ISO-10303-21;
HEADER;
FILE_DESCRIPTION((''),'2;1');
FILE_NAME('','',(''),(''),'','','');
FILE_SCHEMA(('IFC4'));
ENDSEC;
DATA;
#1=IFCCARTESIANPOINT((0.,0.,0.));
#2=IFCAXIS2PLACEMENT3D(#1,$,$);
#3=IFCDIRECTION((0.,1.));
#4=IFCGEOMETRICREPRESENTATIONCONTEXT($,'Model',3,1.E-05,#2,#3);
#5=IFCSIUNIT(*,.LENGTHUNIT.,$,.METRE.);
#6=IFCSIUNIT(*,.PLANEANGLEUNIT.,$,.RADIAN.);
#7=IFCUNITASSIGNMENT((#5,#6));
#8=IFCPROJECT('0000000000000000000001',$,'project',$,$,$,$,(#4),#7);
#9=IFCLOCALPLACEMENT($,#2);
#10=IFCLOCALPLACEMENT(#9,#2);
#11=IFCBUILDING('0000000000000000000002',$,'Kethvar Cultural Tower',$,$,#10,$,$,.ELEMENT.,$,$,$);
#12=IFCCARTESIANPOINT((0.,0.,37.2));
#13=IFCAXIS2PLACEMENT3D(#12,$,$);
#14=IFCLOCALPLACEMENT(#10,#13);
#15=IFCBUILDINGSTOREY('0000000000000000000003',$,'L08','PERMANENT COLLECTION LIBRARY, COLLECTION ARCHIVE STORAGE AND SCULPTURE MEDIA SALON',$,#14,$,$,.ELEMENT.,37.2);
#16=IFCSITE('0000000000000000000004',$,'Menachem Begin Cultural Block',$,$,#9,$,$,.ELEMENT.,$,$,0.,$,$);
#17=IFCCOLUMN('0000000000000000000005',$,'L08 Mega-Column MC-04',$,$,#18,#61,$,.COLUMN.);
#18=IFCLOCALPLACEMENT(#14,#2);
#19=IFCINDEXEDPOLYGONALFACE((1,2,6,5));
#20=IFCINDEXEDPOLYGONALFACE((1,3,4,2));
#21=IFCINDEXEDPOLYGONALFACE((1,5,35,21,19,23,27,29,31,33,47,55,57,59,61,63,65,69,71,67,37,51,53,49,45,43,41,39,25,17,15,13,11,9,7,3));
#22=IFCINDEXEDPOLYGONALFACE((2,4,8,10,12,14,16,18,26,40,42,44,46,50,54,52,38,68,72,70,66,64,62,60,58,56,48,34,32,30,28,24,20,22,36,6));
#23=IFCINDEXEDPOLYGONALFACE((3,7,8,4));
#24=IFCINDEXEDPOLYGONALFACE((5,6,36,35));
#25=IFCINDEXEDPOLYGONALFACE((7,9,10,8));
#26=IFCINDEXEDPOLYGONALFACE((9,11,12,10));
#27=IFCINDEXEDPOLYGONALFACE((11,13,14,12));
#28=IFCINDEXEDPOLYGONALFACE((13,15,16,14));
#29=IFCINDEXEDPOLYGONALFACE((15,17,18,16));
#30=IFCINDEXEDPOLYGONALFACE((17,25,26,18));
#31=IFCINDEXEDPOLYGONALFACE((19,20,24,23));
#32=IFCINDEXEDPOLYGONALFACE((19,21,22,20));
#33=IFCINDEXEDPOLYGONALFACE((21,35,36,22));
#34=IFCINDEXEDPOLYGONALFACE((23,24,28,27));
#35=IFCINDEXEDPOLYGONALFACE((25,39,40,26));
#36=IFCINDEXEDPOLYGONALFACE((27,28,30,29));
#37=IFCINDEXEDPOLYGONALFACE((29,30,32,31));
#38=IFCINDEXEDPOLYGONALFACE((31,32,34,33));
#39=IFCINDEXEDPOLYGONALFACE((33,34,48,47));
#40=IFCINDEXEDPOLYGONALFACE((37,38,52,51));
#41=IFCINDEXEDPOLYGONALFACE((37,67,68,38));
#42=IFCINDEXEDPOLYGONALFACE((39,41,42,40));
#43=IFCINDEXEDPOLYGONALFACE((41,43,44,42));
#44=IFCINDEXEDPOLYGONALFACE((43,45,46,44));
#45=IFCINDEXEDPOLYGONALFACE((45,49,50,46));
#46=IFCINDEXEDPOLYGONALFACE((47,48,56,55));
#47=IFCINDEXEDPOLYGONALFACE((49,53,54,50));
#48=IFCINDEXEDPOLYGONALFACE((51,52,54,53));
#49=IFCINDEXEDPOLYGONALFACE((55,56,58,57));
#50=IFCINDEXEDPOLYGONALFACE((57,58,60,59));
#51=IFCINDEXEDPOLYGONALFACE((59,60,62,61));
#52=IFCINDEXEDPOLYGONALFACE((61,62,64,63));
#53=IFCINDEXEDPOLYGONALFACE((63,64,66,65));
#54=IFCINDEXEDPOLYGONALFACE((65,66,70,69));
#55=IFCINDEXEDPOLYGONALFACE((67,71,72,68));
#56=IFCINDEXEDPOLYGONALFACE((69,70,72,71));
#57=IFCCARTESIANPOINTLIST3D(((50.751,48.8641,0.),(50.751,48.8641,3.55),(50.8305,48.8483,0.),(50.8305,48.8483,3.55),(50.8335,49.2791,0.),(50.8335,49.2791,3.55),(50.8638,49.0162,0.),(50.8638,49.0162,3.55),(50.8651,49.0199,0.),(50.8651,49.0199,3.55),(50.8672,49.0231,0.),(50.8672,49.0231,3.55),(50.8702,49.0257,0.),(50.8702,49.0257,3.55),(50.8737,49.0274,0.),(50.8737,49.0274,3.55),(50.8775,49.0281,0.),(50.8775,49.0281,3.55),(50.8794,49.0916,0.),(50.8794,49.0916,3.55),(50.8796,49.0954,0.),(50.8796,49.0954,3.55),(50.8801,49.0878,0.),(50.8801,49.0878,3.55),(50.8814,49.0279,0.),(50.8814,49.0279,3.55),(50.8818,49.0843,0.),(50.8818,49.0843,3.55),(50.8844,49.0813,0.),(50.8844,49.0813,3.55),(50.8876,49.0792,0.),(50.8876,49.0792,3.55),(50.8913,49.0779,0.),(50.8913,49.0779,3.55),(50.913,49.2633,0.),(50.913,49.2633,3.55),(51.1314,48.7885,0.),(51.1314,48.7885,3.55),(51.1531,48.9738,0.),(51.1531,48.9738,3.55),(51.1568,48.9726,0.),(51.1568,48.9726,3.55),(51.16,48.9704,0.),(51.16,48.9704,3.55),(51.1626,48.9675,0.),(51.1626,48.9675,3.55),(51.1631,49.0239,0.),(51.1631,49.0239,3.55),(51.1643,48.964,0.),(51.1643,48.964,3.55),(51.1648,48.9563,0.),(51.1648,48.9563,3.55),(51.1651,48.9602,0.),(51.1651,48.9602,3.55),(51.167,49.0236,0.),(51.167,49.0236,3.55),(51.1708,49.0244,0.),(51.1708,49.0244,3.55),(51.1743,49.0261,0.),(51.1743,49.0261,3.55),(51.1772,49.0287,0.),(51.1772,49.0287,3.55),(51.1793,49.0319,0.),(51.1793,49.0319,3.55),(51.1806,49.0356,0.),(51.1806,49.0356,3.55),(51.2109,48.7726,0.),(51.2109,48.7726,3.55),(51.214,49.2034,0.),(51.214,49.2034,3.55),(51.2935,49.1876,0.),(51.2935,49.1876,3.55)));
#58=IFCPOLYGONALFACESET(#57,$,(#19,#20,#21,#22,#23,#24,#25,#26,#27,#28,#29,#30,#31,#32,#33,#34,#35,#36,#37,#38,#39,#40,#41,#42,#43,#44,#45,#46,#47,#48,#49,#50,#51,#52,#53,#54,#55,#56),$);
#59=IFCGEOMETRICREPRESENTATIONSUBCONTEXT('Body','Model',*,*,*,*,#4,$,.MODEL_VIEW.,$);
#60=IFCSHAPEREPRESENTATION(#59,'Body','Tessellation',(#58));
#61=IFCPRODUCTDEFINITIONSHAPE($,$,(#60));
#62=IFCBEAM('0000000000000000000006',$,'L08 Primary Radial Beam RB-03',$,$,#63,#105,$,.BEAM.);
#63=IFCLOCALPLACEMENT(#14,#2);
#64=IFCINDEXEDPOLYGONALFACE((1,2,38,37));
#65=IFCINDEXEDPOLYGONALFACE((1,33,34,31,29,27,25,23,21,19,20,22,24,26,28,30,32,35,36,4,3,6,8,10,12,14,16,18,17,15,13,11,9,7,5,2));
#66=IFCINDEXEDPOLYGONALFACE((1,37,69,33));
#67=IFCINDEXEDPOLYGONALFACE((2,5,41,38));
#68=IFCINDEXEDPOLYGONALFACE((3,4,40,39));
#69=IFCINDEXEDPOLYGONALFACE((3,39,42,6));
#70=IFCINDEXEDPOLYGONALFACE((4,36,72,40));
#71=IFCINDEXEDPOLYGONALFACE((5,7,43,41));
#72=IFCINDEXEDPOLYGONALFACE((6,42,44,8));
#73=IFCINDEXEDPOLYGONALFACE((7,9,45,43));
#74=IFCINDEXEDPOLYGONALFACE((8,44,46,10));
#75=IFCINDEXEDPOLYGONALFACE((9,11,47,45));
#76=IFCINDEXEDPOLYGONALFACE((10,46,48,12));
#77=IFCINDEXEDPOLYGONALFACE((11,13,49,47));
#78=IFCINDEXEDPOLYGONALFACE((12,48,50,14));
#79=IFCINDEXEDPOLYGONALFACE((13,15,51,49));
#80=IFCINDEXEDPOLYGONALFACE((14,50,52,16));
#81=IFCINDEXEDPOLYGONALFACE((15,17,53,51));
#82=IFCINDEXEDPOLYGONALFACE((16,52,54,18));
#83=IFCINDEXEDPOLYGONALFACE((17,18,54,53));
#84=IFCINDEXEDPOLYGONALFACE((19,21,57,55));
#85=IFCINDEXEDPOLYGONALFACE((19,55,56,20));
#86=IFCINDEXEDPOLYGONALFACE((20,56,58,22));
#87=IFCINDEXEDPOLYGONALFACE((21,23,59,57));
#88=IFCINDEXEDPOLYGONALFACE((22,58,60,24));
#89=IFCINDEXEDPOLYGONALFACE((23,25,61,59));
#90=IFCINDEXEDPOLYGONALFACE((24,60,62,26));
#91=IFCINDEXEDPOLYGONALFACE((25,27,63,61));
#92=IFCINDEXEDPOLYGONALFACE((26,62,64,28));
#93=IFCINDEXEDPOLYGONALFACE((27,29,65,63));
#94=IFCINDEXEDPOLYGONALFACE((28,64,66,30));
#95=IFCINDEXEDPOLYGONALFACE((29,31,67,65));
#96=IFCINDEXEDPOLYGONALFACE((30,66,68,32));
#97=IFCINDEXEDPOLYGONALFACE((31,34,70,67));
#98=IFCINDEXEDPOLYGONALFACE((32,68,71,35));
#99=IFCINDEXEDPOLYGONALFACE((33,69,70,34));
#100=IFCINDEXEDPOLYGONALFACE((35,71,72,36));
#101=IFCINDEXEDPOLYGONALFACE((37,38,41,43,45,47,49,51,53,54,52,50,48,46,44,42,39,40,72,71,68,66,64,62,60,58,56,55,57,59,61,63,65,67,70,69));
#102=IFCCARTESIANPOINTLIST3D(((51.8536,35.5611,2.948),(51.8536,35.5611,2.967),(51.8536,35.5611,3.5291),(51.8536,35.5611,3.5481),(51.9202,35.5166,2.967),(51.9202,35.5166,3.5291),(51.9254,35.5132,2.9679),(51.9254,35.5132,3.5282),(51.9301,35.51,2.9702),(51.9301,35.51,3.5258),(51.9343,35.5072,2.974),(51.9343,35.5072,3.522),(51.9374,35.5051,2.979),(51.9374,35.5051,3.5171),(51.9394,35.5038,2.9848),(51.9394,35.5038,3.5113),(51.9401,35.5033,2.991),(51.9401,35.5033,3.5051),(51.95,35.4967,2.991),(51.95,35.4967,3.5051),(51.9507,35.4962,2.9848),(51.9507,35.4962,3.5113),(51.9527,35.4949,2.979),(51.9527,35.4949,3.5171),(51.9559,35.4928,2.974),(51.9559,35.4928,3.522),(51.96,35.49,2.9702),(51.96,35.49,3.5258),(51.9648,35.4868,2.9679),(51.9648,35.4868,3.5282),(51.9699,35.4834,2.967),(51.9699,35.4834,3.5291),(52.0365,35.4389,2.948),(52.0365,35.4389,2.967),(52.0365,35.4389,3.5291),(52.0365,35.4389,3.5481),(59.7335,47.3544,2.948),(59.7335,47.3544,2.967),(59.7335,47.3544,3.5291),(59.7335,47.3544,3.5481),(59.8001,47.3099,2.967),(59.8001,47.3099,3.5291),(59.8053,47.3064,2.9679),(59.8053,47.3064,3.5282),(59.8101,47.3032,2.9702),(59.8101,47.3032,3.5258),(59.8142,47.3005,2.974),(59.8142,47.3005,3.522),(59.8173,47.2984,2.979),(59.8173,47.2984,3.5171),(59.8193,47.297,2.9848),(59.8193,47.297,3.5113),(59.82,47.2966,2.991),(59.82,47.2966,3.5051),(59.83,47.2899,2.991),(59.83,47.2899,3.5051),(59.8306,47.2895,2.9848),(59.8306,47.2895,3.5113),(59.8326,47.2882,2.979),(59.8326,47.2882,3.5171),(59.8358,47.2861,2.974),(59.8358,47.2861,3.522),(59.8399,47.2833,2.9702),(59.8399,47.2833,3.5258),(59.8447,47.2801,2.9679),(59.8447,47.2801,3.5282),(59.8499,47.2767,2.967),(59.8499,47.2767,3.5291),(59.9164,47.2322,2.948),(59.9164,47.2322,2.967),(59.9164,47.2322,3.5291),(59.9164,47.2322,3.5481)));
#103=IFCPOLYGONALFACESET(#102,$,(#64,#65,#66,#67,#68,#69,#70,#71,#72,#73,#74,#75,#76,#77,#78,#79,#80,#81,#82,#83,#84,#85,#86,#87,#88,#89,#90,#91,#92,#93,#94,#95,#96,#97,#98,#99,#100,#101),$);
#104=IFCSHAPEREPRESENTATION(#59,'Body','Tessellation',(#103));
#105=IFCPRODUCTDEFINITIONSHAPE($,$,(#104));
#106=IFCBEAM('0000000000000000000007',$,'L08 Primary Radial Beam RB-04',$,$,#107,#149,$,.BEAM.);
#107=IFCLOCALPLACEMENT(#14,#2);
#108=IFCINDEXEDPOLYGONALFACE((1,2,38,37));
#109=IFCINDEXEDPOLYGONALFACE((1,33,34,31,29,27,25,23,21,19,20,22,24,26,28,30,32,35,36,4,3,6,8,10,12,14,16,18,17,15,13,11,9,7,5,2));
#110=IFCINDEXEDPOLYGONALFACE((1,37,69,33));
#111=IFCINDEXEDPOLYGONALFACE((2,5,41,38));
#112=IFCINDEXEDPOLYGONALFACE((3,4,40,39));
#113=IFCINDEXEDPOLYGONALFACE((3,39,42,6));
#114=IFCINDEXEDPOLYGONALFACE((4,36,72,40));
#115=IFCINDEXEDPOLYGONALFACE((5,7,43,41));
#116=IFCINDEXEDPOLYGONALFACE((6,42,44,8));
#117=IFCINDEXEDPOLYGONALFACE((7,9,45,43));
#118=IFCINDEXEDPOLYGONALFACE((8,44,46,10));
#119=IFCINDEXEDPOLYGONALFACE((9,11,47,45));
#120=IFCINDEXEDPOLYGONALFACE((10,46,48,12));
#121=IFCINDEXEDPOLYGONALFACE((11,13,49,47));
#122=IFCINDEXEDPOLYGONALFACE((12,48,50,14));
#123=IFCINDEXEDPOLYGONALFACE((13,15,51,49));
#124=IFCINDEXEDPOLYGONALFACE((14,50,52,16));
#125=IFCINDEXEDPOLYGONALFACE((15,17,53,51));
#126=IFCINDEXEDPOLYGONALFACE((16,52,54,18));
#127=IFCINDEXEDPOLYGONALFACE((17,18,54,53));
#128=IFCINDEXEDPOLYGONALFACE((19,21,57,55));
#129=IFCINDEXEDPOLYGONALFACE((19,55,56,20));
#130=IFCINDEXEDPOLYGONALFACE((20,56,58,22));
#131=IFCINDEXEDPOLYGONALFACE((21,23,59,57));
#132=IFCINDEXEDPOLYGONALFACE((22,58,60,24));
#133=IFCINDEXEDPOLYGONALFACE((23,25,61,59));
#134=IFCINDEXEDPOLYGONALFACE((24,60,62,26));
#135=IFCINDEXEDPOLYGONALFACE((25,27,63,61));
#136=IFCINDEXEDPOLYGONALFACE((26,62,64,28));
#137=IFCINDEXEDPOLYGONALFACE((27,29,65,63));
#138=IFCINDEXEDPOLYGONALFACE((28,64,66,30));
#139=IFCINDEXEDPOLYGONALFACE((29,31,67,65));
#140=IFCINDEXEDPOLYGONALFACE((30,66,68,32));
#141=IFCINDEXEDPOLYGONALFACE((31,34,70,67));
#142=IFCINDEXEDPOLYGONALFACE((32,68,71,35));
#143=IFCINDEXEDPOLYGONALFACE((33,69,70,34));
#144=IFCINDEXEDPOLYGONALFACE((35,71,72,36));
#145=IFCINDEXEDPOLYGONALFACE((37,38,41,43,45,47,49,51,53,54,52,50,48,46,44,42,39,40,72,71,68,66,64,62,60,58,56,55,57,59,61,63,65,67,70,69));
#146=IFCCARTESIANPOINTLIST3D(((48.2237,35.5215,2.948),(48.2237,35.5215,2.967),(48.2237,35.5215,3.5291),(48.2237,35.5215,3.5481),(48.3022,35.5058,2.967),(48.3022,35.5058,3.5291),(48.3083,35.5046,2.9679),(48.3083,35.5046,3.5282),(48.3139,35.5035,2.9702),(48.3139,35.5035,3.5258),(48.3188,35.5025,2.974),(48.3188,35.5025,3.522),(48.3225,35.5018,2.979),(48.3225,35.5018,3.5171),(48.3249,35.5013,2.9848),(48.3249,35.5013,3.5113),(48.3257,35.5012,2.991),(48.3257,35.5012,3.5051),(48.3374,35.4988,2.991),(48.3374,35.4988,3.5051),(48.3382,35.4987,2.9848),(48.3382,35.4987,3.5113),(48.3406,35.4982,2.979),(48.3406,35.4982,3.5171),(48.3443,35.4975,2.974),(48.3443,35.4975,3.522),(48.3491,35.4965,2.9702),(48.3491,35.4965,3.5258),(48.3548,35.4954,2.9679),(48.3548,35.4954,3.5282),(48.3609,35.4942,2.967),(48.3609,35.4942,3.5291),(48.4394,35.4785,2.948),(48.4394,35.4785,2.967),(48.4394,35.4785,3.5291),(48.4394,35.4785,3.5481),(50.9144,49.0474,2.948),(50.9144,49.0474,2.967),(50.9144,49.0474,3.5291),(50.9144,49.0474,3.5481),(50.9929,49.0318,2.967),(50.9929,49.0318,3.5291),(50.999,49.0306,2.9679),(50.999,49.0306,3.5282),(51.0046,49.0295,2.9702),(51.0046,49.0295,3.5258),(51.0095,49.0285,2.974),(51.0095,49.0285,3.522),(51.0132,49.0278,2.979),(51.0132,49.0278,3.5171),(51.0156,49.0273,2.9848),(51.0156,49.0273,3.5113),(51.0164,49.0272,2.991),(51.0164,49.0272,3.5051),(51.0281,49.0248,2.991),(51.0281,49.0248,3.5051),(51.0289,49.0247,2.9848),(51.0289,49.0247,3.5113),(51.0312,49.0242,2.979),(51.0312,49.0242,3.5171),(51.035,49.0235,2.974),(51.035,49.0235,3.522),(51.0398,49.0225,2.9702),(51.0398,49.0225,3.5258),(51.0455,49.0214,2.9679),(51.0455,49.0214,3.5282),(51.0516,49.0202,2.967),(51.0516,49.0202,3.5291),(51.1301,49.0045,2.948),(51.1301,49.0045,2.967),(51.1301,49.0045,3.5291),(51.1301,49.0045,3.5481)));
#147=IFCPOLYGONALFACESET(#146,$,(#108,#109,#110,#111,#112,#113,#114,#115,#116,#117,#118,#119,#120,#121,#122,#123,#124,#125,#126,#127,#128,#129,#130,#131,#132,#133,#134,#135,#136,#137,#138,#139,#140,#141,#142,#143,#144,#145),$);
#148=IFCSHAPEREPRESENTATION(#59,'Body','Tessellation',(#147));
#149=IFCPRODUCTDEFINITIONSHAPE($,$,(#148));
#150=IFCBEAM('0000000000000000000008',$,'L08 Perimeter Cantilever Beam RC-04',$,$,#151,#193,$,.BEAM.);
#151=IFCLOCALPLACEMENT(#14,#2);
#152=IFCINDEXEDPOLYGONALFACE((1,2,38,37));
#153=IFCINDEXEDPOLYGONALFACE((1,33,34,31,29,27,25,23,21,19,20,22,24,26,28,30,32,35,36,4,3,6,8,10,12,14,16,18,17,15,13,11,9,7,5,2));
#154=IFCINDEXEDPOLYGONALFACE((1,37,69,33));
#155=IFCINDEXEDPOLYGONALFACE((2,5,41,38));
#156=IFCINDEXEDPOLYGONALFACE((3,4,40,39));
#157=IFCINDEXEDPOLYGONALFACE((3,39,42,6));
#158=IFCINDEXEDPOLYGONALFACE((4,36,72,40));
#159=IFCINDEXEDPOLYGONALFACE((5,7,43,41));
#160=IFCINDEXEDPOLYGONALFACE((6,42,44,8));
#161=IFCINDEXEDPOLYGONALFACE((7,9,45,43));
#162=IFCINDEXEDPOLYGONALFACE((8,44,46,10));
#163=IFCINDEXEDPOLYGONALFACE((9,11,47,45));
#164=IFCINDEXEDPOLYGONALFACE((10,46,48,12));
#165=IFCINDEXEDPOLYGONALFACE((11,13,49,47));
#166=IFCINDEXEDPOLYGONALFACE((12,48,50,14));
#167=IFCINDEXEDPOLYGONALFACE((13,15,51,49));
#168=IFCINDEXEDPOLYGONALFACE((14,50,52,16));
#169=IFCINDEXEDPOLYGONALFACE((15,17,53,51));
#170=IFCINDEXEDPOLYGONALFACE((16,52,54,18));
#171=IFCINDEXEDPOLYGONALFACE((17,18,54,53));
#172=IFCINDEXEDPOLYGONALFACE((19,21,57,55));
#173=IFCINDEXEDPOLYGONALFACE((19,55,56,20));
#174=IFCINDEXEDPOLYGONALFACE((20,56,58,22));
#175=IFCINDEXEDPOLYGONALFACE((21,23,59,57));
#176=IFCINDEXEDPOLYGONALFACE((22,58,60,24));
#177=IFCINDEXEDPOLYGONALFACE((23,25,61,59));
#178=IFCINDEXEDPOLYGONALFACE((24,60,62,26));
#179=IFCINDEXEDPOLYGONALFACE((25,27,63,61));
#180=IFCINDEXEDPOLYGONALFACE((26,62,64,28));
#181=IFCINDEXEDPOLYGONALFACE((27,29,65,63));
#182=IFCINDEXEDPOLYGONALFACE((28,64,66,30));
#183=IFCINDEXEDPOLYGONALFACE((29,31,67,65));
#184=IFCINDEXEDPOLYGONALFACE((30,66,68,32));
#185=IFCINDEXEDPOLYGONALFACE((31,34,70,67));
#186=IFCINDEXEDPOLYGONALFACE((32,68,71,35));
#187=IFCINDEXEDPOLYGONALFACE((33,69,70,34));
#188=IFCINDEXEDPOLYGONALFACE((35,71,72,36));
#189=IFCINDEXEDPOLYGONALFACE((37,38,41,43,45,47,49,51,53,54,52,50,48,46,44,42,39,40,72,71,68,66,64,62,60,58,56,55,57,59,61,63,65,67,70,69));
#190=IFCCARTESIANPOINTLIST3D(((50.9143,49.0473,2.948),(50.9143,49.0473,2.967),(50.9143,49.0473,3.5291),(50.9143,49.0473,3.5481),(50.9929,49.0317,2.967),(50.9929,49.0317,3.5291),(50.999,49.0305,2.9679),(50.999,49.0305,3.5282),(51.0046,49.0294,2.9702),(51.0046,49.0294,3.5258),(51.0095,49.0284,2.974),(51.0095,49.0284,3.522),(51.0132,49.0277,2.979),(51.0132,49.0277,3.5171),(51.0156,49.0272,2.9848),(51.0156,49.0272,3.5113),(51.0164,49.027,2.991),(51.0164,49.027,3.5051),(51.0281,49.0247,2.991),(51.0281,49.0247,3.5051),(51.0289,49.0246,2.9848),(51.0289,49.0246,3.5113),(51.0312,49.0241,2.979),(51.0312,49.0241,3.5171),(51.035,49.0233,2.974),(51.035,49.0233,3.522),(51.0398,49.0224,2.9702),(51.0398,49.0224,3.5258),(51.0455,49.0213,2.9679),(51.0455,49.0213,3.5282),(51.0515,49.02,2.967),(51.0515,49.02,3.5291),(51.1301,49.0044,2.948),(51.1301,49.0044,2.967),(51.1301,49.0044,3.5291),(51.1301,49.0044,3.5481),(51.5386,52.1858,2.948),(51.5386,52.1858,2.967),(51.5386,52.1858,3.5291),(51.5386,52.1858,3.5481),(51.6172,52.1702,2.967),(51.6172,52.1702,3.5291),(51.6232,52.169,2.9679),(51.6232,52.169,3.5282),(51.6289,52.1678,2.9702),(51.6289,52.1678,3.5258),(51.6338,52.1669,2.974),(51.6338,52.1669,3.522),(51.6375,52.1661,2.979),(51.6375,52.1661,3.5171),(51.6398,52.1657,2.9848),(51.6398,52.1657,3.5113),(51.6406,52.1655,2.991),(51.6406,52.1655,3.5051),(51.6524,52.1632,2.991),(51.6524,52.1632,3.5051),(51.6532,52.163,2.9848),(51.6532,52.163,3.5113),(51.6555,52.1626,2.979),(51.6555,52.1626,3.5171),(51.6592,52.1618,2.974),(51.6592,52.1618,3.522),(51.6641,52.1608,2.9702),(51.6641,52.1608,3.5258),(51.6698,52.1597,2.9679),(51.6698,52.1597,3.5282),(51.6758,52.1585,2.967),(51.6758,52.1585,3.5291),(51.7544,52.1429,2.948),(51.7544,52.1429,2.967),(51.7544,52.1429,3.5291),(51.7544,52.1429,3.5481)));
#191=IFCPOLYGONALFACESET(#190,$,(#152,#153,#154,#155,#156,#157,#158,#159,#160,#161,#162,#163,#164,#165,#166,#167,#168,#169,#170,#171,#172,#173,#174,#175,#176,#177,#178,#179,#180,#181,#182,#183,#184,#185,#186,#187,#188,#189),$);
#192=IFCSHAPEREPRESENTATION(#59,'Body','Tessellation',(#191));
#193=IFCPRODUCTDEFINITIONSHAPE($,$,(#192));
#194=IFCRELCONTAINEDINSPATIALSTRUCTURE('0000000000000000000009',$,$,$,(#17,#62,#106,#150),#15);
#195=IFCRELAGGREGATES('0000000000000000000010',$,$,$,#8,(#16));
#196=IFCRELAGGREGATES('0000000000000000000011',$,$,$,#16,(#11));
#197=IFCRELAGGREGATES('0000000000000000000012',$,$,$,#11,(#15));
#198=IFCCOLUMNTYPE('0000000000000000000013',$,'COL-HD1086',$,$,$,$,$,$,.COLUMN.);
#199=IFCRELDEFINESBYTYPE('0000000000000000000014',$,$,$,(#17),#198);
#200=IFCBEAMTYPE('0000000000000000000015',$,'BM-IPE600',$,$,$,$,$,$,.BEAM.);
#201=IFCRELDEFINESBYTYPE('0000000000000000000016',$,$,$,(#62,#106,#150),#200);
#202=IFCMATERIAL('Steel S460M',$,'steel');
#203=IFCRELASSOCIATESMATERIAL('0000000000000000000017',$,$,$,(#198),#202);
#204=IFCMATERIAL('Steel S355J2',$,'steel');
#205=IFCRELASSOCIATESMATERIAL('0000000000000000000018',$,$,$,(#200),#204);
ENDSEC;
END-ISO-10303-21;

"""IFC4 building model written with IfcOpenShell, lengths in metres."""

from ifc_helpers import new_model, si_unit, direction, frame, origin, origin_2d, place, context, subcontext, project, spatial, i_section, extrude, source, transform, mapped, material, material_profile, profile_set, type_object, element, save


model = new_model("IFC4")

# Units and contexts
model_context = context("Model", 3, precision=1e-05, world=origin(), true_north=direction((0.0, 1.0)))
body_context = subcontext(model_context, "Body", "Model", "MODEL_VIEW")
ifc_project = project(units=[si_unit("LENGTHUNIT", "METRE"), si_unit("PLANEANGLEUNIT", "RADIAN")], contexts=[model_context])

# Site, building, storey
site_placement = place(None, origin())
site = spatial("IfcSite", under=ifc_project, at=site_placement, Name="Menachem Begin Cultural Block", CompositionType="ELEMENT", RefElevation=0.0)
building_placement = place(site_placement, origin())
building = spatial("IfcBuilding", under=site, at=building_placement, Name="Kethvar Cultural Tower", CompositionType="ELEMENT")
storey_placement = place(building_placement, frame((0.0, 0.0, 37.2)))
storey = spatial("IfcBuildingStorey", under=building, at=storey_placement, Name="L08", Description="PERMANENT COLLECTION LIBRARY, COLLECTION ARCHIVE STORAGE AND SCULPTURE MEDIA SALON", CompositionType="ELEMENT", Elevation=37.2)

# Column
ifc_material_1 = material(Name="Steel S460M", Category="steel")
ifc_material_profile_1 = material_profile(ifc_material_1, i_section(OverallWidth=0.4231, OverallDepth=0.469, WebThickness=0.051, FlangeThickness=0.0811, FilletRadius=0.0149, at=origin_2d()), Name="Steel S460M — HD400x1086")
ifc_profile_set_1 = profile_set([ifc_material_profile_1], Name="Steel S460M — HD400x1086")
column_type = type_object("IfcColumnType", Name="COL-HD1086", PredefinedType="COLUMN", material=ifc_profile_set_1)
shared_shape_1 = source(origin(), body_context, "Body", "SweptSolid", [
    extrude(i_section(OverallWidth=0.4231, OverallDepth=0.469, WebThickness=0.051, FlangeThickness=0.0811, FilletRadius=0.0149, at=origin_2d()), origin(), (0.0, 0.0, 1.0), 3.55),
])
column_placement = place(storey_placement, frame((51.0222, 49.0259, 0.0), z_axis=(0.0, 0.0, 1.0), x_axis=(0.19509, 0.980785, 0.0)))
element("IfcColumn", 1, at=column_placement, inside=storey, type_object=column_type, Name="L08 Mega-Column MC-04", PredefinedType="COLUMN", context=body_context, shape_type="MappedRepresentation", body=[
    mapped(shared_shape_1, transform((0.0, 0.0, 0.0), scale=1.0)),
])

# Beams
ifc_material_2 = material(Name="Steel S355J2", Category="steel")
ifc_material_profile_2 = material_profile(ifc_material_2, i_section(OverallWidth=0.22, OverallDepth=0.6001, WebThickness=0.012, FlangeThickness=0.019, FilletRadius=0.0239, at=origin_2d()), Name="Steel S355J2 — IPE600")
ifc_profile_set_2 = profile_set([ifc_material_profile_2], Name="Steel S355J2 — IPE600")
beam_type_1 = type_object("IfcBeamType", Name="BM-IPE600", PredefinedType="BEAM", material=ifc_profile_set_2)
shared_shape_2 = source(origin(), body_context, "Body", "SweptSolid", [
    extrude(i_section(OverallWidth=0.22, OverallDepth=0.6001, WebThickness=0.012, FlangeThickness=0.019, FilletRadius=0.0239, at=origin_2d()), origin(), (0.0, 0.0, 1.0), 14.1836),
])
beam_1_placement = place(storey_placement, frame((51.9451, 35.5, 3.248), z_axis=(0.555566, 0.831473, 0.0), x_axis=(-0.831473, 0.555566, 0.0)))
element("IfcBeam", 2, at=beam_1_placement, inside=storey, type_object=beam_type_1, Name="L08 Primary Radial Beam RB-03", PredefinedType="BEAM", context=body_context, shape_type="MappedRepresentation", body=[
    mapped(shared_shape_2, transform((0.0, 0.0, 0.0), scale=1.0)),
])
shared_shape_3 = source(origin(), body_context, "Body", "SweptSolid", [
    extrude(i_section(OverallWidth=0.22, OverallDepth=0.6001, WebThickness=0.012, FlangeThickness=0.019, FilletRadius=0.0239, at=origin_2d()), origin(), (0.0, 0.0, 1.0), 13.791),
])
beam_2_placement = place(storey_placement, frame((48.3315, 35.5, 3.248), z_axis=(0.195105, 0.980782, 0.0), x_axis=(-0.980782, 0.195105, 0.0)))
element("IfcBeam", 3, at=beam_2_placement, inside=storey, type_object=beam_type_1, Name="L08 Primary Radial Beam RB-04", PredefinedType="BEAM", context=body_context, shape_type="MappedRepresentation", body=[
    mapped(shared_shape_3, transform((0.0, 0.0, 0.0), scale=1.0)),
])
shared_shape_4 = source(origin(), body_context, "Body", "SweptSolid", [
    extrude(i_section(OverallWidth=0.22, OverallDepth=0.6001, WebThickness=0.012, FlangeThickness=0.019, FilletRadius=0.0239, at=origin_2d()), origin(), (0.0, 0.0, 1.0), 3.2),
])
beam_3_placement = place(storey_placement, frame((51.0222, 49.0259, 3.248), z_axis=(0.195089, 0.980786, 0.0), x_axis=(-0.980786, 0.195089, 0.0)))
element("IfcBeam", 4, at=beam_3_placement, inside=storey, type_object=beam_type_1, Name="L08 Perimeter Cantilever Beam RC-04", PredefinedType="BEAM", context=body_context, shape_type="MappedRepresentation", body=[
    mapped(shared_shape_4, transform((0.0, 0.0, 0.0), scale=1.0)),
])

save(model, "model.ifc")
